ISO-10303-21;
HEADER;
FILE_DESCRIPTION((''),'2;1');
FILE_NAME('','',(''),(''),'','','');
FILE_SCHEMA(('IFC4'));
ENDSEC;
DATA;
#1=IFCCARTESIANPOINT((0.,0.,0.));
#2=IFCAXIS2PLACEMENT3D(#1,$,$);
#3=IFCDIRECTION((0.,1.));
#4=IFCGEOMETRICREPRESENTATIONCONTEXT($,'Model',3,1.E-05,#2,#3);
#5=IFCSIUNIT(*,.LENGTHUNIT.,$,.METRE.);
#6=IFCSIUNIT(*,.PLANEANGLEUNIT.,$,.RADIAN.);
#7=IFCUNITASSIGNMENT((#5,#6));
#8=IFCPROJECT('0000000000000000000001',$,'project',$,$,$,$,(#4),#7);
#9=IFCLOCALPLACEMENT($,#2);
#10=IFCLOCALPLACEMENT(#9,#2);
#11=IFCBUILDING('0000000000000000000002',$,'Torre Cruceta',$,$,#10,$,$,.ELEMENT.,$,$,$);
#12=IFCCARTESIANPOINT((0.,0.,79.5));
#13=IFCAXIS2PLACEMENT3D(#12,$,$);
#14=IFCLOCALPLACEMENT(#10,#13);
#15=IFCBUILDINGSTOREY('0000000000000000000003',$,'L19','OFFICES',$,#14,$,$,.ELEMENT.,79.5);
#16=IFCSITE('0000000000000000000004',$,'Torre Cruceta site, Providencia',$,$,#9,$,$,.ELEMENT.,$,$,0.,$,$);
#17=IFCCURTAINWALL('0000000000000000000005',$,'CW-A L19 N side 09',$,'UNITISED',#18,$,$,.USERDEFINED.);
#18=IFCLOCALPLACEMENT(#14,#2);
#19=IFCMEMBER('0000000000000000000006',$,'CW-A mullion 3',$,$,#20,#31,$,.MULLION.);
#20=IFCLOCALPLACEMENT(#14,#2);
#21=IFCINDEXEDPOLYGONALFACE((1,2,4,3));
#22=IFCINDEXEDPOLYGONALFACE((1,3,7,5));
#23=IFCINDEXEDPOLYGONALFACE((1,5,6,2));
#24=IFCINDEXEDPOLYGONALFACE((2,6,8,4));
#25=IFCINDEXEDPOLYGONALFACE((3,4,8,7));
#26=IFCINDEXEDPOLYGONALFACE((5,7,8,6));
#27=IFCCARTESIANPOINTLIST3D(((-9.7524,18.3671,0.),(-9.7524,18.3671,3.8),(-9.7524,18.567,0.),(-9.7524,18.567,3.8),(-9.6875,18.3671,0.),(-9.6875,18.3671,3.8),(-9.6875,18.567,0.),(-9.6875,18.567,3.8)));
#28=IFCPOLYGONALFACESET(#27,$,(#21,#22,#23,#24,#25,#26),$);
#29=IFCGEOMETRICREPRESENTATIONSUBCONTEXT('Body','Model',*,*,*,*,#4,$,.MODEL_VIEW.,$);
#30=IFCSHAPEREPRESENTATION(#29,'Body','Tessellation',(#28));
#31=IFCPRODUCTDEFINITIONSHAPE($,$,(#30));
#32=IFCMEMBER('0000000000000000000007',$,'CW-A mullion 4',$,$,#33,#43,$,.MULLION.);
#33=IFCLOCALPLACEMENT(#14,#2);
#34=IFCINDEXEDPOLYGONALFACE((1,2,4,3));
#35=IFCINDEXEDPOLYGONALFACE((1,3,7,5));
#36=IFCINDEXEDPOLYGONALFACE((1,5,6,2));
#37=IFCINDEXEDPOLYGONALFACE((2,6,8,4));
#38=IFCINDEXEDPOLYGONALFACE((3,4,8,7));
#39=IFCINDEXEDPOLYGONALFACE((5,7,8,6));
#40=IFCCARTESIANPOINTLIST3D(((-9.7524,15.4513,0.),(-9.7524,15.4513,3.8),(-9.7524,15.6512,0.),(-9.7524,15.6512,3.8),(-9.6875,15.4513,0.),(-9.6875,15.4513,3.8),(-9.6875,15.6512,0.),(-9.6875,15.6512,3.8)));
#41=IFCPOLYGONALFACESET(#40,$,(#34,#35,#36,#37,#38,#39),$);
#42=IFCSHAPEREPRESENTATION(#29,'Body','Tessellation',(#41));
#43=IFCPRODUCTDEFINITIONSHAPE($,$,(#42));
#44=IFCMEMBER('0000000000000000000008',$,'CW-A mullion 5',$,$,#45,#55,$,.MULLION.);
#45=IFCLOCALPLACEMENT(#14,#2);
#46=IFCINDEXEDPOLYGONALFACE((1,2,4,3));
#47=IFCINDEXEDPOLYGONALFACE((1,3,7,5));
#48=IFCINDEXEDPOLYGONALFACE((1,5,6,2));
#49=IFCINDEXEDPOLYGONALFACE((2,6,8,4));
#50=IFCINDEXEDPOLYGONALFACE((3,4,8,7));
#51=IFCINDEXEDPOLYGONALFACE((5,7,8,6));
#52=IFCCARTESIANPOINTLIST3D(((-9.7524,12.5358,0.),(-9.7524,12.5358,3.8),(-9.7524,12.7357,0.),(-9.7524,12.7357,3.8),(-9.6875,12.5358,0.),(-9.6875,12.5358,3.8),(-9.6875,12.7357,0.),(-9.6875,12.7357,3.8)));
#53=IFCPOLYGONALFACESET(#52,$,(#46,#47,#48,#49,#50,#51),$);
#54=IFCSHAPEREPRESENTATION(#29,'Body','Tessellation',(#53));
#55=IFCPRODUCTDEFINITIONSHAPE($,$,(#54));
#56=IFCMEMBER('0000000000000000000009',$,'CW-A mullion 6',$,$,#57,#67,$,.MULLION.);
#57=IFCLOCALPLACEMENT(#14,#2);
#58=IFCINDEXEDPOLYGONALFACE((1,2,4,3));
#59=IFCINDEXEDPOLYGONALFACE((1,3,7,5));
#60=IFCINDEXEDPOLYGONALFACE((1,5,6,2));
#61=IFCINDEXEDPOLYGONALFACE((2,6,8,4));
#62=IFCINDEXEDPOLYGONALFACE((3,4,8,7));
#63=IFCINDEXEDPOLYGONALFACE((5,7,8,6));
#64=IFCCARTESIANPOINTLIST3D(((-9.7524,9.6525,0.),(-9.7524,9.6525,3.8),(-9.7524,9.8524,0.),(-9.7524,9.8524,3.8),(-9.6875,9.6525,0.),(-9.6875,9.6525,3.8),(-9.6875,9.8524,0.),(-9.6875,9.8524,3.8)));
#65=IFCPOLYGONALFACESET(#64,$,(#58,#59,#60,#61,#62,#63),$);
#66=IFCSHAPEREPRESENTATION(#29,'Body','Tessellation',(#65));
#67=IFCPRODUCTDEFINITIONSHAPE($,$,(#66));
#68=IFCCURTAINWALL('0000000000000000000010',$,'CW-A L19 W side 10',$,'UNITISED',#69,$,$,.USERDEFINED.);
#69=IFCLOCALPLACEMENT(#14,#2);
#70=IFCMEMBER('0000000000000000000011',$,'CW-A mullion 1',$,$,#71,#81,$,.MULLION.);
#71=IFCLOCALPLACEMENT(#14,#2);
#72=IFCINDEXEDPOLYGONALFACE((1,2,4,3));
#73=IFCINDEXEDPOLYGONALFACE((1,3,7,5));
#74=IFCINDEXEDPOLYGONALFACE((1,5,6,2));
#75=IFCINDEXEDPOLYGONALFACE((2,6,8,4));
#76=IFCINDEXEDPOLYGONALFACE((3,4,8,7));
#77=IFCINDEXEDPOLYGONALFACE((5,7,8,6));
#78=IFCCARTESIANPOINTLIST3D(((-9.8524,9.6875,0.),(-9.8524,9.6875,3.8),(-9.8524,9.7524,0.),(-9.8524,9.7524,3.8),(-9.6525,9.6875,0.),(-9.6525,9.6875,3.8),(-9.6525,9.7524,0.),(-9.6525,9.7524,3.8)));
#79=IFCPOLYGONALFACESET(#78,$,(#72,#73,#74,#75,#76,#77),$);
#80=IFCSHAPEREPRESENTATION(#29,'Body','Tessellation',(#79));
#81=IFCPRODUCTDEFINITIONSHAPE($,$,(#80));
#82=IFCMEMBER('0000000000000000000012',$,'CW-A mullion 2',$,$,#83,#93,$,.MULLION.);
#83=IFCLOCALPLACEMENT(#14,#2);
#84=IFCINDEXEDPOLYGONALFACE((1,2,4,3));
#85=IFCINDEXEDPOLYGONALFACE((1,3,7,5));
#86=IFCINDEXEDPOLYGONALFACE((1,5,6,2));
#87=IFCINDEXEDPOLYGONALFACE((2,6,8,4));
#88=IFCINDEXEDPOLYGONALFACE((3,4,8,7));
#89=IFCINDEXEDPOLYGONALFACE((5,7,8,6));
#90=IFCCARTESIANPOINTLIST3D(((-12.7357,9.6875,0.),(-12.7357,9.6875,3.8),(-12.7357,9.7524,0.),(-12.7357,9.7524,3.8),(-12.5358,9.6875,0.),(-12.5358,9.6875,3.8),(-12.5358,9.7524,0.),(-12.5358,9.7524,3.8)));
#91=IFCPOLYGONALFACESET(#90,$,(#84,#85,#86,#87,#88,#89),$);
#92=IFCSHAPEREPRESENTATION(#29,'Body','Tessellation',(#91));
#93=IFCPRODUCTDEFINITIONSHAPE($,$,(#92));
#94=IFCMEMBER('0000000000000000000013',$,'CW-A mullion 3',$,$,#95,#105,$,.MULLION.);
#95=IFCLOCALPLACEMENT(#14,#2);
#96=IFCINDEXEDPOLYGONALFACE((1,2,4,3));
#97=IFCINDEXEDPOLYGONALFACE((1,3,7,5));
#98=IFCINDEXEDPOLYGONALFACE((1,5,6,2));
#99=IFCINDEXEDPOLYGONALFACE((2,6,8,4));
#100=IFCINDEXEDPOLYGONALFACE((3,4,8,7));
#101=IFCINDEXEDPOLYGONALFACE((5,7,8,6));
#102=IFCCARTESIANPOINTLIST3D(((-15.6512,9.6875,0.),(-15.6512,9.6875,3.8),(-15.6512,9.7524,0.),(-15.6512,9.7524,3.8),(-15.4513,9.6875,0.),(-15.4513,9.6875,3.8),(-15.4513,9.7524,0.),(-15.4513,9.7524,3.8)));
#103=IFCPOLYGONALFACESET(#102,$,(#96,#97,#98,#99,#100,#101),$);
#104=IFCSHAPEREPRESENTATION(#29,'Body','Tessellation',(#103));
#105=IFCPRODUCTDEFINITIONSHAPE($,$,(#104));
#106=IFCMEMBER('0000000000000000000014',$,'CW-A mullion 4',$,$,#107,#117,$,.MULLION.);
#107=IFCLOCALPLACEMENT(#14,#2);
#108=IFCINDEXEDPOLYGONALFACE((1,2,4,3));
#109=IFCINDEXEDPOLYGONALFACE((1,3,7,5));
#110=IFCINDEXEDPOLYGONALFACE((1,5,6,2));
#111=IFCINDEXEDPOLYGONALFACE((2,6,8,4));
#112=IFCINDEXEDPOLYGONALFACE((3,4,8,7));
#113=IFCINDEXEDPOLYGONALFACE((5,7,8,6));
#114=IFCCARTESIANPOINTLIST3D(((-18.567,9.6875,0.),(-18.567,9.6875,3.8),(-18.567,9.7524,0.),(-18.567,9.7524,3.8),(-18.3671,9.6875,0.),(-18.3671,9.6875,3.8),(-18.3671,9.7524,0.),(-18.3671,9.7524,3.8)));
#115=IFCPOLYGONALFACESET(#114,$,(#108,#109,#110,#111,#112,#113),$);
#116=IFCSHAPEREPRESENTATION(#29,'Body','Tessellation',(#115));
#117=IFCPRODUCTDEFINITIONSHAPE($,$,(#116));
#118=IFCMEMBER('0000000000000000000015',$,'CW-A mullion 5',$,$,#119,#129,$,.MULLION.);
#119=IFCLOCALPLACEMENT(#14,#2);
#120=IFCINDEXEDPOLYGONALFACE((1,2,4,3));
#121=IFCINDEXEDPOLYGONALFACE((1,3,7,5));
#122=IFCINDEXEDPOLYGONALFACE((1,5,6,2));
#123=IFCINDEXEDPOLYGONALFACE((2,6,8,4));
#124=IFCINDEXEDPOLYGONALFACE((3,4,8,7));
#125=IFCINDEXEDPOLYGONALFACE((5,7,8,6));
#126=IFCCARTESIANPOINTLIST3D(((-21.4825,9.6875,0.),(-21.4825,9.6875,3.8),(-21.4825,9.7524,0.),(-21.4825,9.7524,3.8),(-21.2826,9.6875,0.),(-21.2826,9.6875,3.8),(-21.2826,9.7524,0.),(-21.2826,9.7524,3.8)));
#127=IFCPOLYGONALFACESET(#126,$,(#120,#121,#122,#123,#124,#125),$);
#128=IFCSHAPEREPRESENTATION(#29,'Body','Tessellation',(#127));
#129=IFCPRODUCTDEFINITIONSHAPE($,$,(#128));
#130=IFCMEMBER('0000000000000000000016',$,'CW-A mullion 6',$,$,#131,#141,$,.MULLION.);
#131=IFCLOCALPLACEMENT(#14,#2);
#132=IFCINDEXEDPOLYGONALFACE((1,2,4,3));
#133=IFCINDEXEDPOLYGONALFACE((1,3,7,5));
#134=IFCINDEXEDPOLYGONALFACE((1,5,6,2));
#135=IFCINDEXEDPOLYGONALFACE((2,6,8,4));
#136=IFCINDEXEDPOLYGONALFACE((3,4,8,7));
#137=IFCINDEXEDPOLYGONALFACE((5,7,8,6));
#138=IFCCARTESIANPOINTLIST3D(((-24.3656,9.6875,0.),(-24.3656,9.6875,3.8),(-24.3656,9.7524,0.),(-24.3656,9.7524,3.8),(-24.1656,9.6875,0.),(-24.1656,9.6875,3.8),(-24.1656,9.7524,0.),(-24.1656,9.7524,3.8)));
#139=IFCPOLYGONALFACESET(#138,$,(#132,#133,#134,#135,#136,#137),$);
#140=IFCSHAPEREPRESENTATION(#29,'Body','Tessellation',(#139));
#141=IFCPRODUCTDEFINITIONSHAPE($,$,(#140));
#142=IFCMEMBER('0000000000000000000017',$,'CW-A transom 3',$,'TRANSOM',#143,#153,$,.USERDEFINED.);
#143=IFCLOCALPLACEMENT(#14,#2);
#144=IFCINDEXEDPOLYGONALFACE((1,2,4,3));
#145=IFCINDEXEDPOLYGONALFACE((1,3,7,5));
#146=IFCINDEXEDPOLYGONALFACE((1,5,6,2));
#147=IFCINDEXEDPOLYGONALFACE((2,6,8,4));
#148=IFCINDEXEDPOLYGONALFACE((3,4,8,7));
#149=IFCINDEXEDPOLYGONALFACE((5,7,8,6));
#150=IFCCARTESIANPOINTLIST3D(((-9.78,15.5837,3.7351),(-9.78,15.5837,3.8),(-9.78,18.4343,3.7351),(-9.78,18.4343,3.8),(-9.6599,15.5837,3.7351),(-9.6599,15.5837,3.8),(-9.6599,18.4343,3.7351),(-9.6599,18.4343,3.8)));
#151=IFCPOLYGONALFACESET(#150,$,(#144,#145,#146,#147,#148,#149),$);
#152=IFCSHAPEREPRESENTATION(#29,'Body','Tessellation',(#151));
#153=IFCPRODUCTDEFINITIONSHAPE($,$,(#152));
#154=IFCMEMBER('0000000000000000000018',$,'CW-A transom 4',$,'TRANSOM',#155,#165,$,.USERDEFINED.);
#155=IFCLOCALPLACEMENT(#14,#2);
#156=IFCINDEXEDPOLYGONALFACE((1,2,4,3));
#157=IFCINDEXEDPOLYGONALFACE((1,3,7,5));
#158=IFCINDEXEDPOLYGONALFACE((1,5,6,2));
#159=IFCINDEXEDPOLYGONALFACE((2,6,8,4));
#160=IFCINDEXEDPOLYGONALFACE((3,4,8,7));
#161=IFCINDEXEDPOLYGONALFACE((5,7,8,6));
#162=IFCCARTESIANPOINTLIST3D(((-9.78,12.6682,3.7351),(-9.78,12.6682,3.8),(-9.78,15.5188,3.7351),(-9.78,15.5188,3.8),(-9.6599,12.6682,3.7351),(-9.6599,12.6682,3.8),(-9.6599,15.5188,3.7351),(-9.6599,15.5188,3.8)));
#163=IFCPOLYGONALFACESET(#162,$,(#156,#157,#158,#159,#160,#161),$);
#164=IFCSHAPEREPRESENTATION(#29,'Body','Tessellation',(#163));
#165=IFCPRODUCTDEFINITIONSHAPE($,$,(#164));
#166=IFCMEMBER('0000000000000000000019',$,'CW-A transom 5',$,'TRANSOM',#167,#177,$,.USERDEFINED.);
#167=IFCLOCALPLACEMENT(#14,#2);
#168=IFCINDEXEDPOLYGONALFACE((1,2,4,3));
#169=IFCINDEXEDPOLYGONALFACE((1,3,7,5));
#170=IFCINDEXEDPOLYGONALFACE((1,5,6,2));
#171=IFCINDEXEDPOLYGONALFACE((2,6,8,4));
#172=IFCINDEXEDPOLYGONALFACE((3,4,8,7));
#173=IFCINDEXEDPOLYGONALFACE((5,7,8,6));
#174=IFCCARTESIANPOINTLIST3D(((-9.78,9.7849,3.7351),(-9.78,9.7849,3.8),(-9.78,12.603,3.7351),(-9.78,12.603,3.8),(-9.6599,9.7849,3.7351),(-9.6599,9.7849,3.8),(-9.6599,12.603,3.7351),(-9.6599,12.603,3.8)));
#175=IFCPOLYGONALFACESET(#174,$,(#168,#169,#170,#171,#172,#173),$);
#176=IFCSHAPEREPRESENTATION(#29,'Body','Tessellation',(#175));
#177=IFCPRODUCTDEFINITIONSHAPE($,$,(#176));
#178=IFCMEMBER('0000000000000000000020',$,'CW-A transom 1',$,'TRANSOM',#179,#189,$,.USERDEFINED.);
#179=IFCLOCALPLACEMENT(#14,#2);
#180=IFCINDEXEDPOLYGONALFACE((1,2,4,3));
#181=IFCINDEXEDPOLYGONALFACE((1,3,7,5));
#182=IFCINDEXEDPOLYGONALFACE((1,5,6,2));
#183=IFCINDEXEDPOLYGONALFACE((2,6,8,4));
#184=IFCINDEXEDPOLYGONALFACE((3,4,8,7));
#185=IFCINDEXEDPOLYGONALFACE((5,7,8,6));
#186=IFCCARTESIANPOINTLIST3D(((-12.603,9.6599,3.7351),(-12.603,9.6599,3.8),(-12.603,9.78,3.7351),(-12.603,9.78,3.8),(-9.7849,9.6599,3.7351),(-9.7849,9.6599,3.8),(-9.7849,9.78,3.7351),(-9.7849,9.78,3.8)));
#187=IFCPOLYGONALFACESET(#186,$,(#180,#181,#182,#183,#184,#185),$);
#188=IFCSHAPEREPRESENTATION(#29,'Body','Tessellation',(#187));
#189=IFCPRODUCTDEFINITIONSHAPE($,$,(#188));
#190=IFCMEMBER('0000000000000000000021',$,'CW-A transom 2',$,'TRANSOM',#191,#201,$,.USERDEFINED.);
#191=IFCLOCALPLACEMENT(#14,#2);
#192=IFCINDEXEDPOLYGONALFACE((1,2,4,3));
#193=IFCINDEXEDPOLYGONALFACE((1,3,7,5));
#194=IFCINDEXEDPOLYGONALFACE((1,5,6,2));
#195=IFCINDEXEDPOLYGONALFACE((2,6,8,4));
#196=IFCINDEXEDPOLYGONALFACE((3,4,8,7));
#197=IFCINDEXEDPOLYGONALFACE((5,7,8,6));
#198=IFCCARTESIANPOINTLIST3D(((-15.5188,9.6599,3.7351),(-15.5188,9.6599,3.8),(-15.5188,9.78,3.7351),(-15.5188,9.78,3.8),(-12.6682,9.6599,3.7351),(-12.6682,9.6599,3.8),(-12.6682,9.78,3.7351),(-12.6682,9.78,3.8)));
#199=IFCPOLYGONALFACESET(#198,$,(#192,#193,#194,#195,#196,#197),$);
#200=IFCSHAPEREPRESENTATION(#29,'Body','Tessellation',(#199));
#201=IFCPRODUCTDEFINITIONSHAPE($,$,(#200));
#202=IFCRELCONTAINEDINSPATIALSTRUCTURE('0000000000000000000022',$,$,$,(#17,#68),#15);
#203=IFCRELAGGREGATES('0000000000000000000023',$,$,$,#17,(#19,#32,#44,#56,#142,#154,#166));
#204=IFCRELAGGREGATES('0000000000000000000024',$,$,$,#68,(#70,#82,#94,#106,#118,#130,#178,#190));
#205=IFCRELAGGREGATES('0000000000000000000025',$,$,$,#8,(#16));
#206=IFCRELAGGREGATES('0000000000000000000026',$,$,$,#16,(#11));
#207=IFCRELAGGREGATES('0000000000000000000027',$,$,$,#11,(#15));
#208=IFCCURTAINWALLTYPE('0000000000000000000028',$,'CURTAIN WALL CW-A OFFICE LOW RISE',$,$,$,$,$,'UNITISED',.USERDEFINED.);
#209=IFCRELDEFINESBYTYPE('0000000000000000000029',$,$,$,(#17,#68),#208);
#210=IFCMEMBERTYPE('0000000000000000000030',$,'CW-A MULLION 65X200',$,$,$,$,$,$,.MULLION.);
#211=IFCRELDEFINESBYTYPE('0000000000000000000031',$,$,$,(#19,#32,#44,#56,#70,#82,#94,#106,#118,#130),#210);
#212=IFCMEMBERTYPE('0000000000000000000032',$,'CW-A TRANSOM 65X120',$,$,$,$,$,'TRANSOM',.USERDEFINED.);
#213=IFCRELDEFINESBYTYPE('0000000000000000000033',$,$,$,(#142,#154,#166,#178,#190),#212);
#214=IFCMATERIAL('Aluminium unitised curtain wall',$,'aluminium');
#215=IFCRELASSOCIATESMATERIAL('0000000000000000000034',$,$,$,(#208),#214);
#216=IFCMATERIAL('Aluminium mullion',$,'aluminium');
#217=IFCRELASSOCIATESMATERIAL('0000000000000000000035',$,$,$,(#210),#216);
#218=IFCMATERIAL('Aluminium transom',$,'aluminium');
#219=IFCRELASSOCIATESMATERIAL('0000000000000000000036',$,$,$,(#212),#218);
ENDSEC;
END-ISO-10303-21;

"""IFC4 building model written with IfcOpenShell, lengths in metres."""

from ifc_helpers import new_model, si_unit, direction, frame, origin, origin_2d, place, context, subcontext, project, spatial, rectangle, extrude, material, material_profile, profile_set, type_object, element, aggregate, save


model = new_model("IFC4")

# Units and contexts
model_context = context("Model", 3, precision=1e-05, world=origin(), true_north=direction((0.0, 1.0)))
body_context = subcontext(model_context, "Body", "Model", "MODEL_VIEW")
ifc_project = project(units=[si_unit("LENGTHUNIT", "METRE"), si_unit("PLANEANGLEUNIT", "RADIAN")], contexts=[model_context])

# Site, building, storey
site_placement = place(None, origin())
site = spatial("IfcSite", under=ifc_project, at=site_placement, Name="Torre Cruceta site, Providencia", CompositionType="ELEMENT", RefElevation=0.0)
building_placement = place(site_placement, origin())
building = spatial("IfcBuilding", under=site, at=building_placement, Name="Torre Cruceta", CompositionType="ELEMENT")
storey_placement = place(building_placement, frame((0.0, 0.0, 79.5)))
storey = spatial("IfcBuildingStorey", under=building, at=storey_placement, Name="L19", Description="OFFICES", CompositionType="ELEMENT", Elevation=79.5)

# Curtain walls, members
ifc_material_1 = material(Name="Aluminium unitised curtain wall", Category="aluminium")
curtain_wall_type = type_object("IfcCurtainWallType", Name="CURTAIN WALL CW-A OFFICE LOW RISE", ElementType="UNITISED", PredefinedType="USERDEFINED", material=ifc_material_1)
curtain_wall_1_placement = place(storey_placement, origin())
curtain_wall_1 = element("IfcCurtainWall", 1, at=curtain_wall_1_placement, inside=storey, type_object=curtain_wall_type, Name="CW-A L19 N side 09", ObjectType="UNITISED", PredefinedType="USERDEFINED")
ifc_material_2 = material(Name="Aluminium mullion", Category="aluminium")
ifc_material_profile_1 = material_profile(ifc_material_2, rectangle(XDim=0.0649, YDim=0.2, at=origin_2d()), Name="AL 65X200")
ifc_profile_set_1 = profile_set([ifc_material_profile_1], Name="Aluminium mullion")
member_type_1 = type_object("IfcMemberType", Name="CW-A MULLION 65X200", PredefinedType="MULLION", material=ifc_profile_set_1)
member_1_placement = place(storey_placement, frame((-9.72, 18.467, 0.0), z_axis=(0.0, 0.0, 1.0), x_axis=(1.0, 0.0, 0.0)))
member_1 = element("IfcMember", 2, at=member_1_placement, type_object=member_type_1, Name="CW-A mullion 3", PredefinedType="MULLION", context=body_context, shape_type="SweptSolid", body=[
    extrude(rectangle(XDim=0.0649, YDim=0.2, at=origin_2d()), origin(), (0.0, 0.0, 1.0), 3.8),
])
member_2_placement = place(storey_placement, frame((-9.72, 15.5513, 0.0), z_axis=(0.0, 0.0, 1.0), x_axis=(1.0, 0.0, 0.0)))
member_2 = element("IfcMember", 3, at=member_2_placement, type_object=member_type_1, Name="CW-A mullion 4", PredefinedType="MULLION", context=body_context, shape_type="SweptSolid", body=[
    extrude(rectangle(XDim=0.0649, YDim=0.2, at=origin_2d()), origin(), (0.0, 0.0, 1.0), 3.8),
])
member_3_placement = place(storey_placement, frame((-9.72, 12.6357, 0.0), z_axis=(0.0, 0.0, 1.0), x_axis=(1.0, 0.0, 0.0)))
member_3 = element("IfcMember", 4, at=member_3_placement, type_object=member_type_1, Name="CW-A mullion 5", PredefinedType="MULLION", context=body_context, shape_type="SweptSolid", body=[
    extrude(rectangle(XDim=0.0649, YDim=0.2, at=origin_2d()), origin(), (0.0, 0.0, 1.0), 3.8),
])
member_4_placement = place(storey_placement, frame((-9.72, 9.7524, 0.0), z_axis=(0.0, 0.0, 1.0), x_axis=(1.0, 0.0, 0.0)))
member_4 = element("IfcMember", 5, at=member_4_placement, type_object=member_type_1, Name="CW-A mullion 6", PredefinedType="MULLION", context=body_context, shape_type="SweptSolid", body=[
    extrude(rectangle(XDim=0.0649, YDim=0.2, at=origin_2d()), origin(), (0.0, 0.0, 1.0), 3.8),
])
curtain_wall_2_placement = place(storey_placement, origin())
curtain_wall_2 = element("IfcCurtainWall", 6, at=curtain_wall_2_placement, inside=storey, type_object=curtain_wall_type, Name="CW-A L19 W side 10", ObjectType="UNITISED", PredefinedType="USERDEFINED")
member_5_placement = place(storey_placement, frame((-9.7524, 9.72, 0.0), z_axis=(0.0, 0.0, 1.0), x_axis=(0.0, -1.0, 0.0)))
member_5 = element("IfcMember", 7, at=member_5_placement, type_object=member_type_1, Name="CW-A mullion 1", PredefinedType="MULLION", context=body_context, shape_type="SweptSolid", body=[
    extrude(rectangle(XDim=0.0649, YDim=0.2, at=origin_2d()), origin(), (0.0, 0.0, 1.0), 3.8),
])
member_6_placement = place(storey_placement, frame((-12.6357, 9.72, 0.0), z_axis=(0.0, 0.0, 1.0), x_axis=(0.0, -1.0, 0.0)))
member_6 = element("IfcMember", 8, at=member_6_placement, type_object=member_type_1, Name="CW-A mullion 2", PredefinedType="MULLION", context=body_context, shape_type="SweptSolid", body=[
    extrude(rectangle(XDim=0.0649, YDim=0.2, at=origin_2d()), origin(), (0.0, 0.0, 1.0), 3.8),
])
member_7_placement = place(storey_placement, frame((-15.5513, 9.72, 0.0), z_axis=(0.0, 0.0, 1.0), x_axis=(0.0, -1.0, 0.0)))
member_7 = element("IfcMember", 9, at=member_7_placement, type_object=member_type_1, Name="CW-A mullion 3", PredefinedType="MULLION", context=body_context, shape_type="SweptSolid", body=[
    extrude(rectangle(XDim=0.0649, YDim=0.2, at=origin_2d()), origin(), (0.0, 0.0, 1.0), 3.8),
])
member_8_placement = place(storey_placement, frame((-18.467, 9.72, 0.0), z_axis=(0.0, 0.0, 1.0), x_axis=(0.0, -1.0, 0.0)))
member_8 = element("IfcMember", 10, at=member_8_placement, type_object=member_type_1, Name="CW-A mullion 4", PredefinedType="MULLION", context=body_context, shape_type="SweptSolid", body=[
    extrude(rectangle(XDim=0.0649, YDim=0.2, at=origin_2d()), origin(), (0.0, 0.0, 1.0), 3.8),
])
member_9_placement = place(storey_placement, frame((-21.3826, 9.72, 0.0), z_axis=(0.0, 0.0, 1.0), x_axis=(0.0, -1.0, 0.0)))
member_9 = element("IfcMember", 11, at=member_9_placement, type_object=member_type_1, Name="CW-A mullion 5", PredefinedType="MULLION", context=body_context, shape_type="SweptSolid", body=[
    extrude(rectangle(XDim=0.0649, YDim=0.2, at=origin_2d()), origin(), (0.0, 0.0, 1.0), 3.8),
])
member_10_placement = place(storey_placement, frame((-24.2656, 9.72, 0.0), z_axis=(0.0, 0.0, 1.0), x_axis=(0.0, -1.0, 0.0)))
member_10 = element("IfcMember", 12, at=member_10_placement, type_object=member_type_1, Name="CW-A mullion 6", PredefinedType="MULLION", context=body_context, shape_type="SweptSolid", body=[
    extrude(rectangle(XDim=0.0649, YDim=0.2, at=origin_2d()), origin(), (0.0, 0.0, 1.0), 3.8),
])

# Members
ifc_material_3 = material(Name="Aluminium transom", Category="aluminium")
ifc_material_profile_2 = material_profile(ifc_material_3, rectangle(XDim=0.1201, YDim=0.0649, at=origin_2d()), Name="AL 120X65")
ifc_profile_set_2 = profile_set([ifc_material_profile_2], Name="Aluminium transom")
member_type_2 = type_object("IfcMemberType", Name="CW-A TRANSOM 65X120", ElementType="TRANSOM", PredefinedType="USERDEFINED", material=ifc_profile_set_2)
member_11_placement = place(storey_placement, frame((-9.72, 18.4343, 3.7676), z_axis=(0.0, -1.0, 0.0), x_axis=(1.0, 0.0, 0.0)))
member_11 = element("IfcMember", 13, at=member_11_placement, type_object=member_type_2, Name="CW-A transom 3", ObjectType="TRANSOM", PredefinedType="USERDEFINED", context=body_context, shape_type="SweptSolid", body=[
    extrude(rectangle(XDim=0.1201, YDim=0.0649, at=origin_2d()), origin(), (0.0, 0.0, 1.0), 2.8506),
])
member_12_placement = place(storey_placement, frame((-9.72, 15.5188, 3.7676), z_axis=(0.0, -1.0, 0.0), x_axis=(1.0, 0.0, 0.0)))
member_12 = element("IfcMember", 14, at=member_12_placement, type_object=member_type_2, Name="CW-A transom 4", ObjectType="TRANSOM", PredefinedType="USERDEFINED", context=body_context, shape_type="SweptSolid", body=[
    extrude(rectangle(XDim=0.1201, YDim=0.0649, at=origin_2d()), origin(), (0.0, 0.0, 1.0), 2.8506),
])
member_13_placement = place(storey_placement, frame((-9.72, 12.603, 3.7676), z_axis=(0.0, -1.0, 0.0), x_axis=(1.0, 0.0, 0.0)))
member_13 = element("IfcMember", 15, at=member_13_placement, type_object=member_type_2, Name="CW-A transom 5", ObjectType="TRANSOM", PredefinedType="USERDEFINED", context=body_context, shape_type="SweptSolid", body=[
    extrude(rectangle(XDim=0.1201, YDim=0.0649, at=origin_2d()), origin(), (0.0, 0.0, 1.0), 2.8181),
])
member_14_placement = place(storey_placement, frame((-9.7849, 9.72, 3.7676), z_axis=(-1.0, 0.0, 0.0), x_axis=(0.0, -1.0, 0.0)))
member_14 = element("IfcMember", 16, at=member_14_placement, type_object=member_type_2, Name="CW-A transom 1", ObjectType="TRANSOM", PredefinedType="USERDEFINED", context=body_context, shape_type="SweptSolid", body=[
    extrude(rectangle(XDim=0.1201, YDim=0.0649, at=origin_2d()), origin(), (0.0, 0.0, 1.0), 2.8181),
])
member_15_placement = place(storey_placement, frame((-12.6682, 9.72, 3.7676), z_axis=(-1.0, 0.0, 0.0), x_axis=(0.0, -1.0, 0.0)))
member_15 = element("IfcMember", 17, at=member_15_placement, type_object=member_type_2, Name="CW-A transom 2", ObjectType="TRANSOM", PredefinedType="USERDEFINED", context=body_context, shape_type="SweptSolid", body=[
    extrude(rectangle(XDim=0.1201, YDim=0.0649, at=origin_2d()), origin(), (0.0, 0.0, 1.0), 2.8506),
])

aggregate(curtain_wall_1, [member_1, member_2, member_3, member_4, member_11, member_12, member_13])
aggregate(curtain_wall_2, [member_5, member_6, member_7, member_8, member_9, member_10, member_14, member_15])

save(model, "model.ifc")
